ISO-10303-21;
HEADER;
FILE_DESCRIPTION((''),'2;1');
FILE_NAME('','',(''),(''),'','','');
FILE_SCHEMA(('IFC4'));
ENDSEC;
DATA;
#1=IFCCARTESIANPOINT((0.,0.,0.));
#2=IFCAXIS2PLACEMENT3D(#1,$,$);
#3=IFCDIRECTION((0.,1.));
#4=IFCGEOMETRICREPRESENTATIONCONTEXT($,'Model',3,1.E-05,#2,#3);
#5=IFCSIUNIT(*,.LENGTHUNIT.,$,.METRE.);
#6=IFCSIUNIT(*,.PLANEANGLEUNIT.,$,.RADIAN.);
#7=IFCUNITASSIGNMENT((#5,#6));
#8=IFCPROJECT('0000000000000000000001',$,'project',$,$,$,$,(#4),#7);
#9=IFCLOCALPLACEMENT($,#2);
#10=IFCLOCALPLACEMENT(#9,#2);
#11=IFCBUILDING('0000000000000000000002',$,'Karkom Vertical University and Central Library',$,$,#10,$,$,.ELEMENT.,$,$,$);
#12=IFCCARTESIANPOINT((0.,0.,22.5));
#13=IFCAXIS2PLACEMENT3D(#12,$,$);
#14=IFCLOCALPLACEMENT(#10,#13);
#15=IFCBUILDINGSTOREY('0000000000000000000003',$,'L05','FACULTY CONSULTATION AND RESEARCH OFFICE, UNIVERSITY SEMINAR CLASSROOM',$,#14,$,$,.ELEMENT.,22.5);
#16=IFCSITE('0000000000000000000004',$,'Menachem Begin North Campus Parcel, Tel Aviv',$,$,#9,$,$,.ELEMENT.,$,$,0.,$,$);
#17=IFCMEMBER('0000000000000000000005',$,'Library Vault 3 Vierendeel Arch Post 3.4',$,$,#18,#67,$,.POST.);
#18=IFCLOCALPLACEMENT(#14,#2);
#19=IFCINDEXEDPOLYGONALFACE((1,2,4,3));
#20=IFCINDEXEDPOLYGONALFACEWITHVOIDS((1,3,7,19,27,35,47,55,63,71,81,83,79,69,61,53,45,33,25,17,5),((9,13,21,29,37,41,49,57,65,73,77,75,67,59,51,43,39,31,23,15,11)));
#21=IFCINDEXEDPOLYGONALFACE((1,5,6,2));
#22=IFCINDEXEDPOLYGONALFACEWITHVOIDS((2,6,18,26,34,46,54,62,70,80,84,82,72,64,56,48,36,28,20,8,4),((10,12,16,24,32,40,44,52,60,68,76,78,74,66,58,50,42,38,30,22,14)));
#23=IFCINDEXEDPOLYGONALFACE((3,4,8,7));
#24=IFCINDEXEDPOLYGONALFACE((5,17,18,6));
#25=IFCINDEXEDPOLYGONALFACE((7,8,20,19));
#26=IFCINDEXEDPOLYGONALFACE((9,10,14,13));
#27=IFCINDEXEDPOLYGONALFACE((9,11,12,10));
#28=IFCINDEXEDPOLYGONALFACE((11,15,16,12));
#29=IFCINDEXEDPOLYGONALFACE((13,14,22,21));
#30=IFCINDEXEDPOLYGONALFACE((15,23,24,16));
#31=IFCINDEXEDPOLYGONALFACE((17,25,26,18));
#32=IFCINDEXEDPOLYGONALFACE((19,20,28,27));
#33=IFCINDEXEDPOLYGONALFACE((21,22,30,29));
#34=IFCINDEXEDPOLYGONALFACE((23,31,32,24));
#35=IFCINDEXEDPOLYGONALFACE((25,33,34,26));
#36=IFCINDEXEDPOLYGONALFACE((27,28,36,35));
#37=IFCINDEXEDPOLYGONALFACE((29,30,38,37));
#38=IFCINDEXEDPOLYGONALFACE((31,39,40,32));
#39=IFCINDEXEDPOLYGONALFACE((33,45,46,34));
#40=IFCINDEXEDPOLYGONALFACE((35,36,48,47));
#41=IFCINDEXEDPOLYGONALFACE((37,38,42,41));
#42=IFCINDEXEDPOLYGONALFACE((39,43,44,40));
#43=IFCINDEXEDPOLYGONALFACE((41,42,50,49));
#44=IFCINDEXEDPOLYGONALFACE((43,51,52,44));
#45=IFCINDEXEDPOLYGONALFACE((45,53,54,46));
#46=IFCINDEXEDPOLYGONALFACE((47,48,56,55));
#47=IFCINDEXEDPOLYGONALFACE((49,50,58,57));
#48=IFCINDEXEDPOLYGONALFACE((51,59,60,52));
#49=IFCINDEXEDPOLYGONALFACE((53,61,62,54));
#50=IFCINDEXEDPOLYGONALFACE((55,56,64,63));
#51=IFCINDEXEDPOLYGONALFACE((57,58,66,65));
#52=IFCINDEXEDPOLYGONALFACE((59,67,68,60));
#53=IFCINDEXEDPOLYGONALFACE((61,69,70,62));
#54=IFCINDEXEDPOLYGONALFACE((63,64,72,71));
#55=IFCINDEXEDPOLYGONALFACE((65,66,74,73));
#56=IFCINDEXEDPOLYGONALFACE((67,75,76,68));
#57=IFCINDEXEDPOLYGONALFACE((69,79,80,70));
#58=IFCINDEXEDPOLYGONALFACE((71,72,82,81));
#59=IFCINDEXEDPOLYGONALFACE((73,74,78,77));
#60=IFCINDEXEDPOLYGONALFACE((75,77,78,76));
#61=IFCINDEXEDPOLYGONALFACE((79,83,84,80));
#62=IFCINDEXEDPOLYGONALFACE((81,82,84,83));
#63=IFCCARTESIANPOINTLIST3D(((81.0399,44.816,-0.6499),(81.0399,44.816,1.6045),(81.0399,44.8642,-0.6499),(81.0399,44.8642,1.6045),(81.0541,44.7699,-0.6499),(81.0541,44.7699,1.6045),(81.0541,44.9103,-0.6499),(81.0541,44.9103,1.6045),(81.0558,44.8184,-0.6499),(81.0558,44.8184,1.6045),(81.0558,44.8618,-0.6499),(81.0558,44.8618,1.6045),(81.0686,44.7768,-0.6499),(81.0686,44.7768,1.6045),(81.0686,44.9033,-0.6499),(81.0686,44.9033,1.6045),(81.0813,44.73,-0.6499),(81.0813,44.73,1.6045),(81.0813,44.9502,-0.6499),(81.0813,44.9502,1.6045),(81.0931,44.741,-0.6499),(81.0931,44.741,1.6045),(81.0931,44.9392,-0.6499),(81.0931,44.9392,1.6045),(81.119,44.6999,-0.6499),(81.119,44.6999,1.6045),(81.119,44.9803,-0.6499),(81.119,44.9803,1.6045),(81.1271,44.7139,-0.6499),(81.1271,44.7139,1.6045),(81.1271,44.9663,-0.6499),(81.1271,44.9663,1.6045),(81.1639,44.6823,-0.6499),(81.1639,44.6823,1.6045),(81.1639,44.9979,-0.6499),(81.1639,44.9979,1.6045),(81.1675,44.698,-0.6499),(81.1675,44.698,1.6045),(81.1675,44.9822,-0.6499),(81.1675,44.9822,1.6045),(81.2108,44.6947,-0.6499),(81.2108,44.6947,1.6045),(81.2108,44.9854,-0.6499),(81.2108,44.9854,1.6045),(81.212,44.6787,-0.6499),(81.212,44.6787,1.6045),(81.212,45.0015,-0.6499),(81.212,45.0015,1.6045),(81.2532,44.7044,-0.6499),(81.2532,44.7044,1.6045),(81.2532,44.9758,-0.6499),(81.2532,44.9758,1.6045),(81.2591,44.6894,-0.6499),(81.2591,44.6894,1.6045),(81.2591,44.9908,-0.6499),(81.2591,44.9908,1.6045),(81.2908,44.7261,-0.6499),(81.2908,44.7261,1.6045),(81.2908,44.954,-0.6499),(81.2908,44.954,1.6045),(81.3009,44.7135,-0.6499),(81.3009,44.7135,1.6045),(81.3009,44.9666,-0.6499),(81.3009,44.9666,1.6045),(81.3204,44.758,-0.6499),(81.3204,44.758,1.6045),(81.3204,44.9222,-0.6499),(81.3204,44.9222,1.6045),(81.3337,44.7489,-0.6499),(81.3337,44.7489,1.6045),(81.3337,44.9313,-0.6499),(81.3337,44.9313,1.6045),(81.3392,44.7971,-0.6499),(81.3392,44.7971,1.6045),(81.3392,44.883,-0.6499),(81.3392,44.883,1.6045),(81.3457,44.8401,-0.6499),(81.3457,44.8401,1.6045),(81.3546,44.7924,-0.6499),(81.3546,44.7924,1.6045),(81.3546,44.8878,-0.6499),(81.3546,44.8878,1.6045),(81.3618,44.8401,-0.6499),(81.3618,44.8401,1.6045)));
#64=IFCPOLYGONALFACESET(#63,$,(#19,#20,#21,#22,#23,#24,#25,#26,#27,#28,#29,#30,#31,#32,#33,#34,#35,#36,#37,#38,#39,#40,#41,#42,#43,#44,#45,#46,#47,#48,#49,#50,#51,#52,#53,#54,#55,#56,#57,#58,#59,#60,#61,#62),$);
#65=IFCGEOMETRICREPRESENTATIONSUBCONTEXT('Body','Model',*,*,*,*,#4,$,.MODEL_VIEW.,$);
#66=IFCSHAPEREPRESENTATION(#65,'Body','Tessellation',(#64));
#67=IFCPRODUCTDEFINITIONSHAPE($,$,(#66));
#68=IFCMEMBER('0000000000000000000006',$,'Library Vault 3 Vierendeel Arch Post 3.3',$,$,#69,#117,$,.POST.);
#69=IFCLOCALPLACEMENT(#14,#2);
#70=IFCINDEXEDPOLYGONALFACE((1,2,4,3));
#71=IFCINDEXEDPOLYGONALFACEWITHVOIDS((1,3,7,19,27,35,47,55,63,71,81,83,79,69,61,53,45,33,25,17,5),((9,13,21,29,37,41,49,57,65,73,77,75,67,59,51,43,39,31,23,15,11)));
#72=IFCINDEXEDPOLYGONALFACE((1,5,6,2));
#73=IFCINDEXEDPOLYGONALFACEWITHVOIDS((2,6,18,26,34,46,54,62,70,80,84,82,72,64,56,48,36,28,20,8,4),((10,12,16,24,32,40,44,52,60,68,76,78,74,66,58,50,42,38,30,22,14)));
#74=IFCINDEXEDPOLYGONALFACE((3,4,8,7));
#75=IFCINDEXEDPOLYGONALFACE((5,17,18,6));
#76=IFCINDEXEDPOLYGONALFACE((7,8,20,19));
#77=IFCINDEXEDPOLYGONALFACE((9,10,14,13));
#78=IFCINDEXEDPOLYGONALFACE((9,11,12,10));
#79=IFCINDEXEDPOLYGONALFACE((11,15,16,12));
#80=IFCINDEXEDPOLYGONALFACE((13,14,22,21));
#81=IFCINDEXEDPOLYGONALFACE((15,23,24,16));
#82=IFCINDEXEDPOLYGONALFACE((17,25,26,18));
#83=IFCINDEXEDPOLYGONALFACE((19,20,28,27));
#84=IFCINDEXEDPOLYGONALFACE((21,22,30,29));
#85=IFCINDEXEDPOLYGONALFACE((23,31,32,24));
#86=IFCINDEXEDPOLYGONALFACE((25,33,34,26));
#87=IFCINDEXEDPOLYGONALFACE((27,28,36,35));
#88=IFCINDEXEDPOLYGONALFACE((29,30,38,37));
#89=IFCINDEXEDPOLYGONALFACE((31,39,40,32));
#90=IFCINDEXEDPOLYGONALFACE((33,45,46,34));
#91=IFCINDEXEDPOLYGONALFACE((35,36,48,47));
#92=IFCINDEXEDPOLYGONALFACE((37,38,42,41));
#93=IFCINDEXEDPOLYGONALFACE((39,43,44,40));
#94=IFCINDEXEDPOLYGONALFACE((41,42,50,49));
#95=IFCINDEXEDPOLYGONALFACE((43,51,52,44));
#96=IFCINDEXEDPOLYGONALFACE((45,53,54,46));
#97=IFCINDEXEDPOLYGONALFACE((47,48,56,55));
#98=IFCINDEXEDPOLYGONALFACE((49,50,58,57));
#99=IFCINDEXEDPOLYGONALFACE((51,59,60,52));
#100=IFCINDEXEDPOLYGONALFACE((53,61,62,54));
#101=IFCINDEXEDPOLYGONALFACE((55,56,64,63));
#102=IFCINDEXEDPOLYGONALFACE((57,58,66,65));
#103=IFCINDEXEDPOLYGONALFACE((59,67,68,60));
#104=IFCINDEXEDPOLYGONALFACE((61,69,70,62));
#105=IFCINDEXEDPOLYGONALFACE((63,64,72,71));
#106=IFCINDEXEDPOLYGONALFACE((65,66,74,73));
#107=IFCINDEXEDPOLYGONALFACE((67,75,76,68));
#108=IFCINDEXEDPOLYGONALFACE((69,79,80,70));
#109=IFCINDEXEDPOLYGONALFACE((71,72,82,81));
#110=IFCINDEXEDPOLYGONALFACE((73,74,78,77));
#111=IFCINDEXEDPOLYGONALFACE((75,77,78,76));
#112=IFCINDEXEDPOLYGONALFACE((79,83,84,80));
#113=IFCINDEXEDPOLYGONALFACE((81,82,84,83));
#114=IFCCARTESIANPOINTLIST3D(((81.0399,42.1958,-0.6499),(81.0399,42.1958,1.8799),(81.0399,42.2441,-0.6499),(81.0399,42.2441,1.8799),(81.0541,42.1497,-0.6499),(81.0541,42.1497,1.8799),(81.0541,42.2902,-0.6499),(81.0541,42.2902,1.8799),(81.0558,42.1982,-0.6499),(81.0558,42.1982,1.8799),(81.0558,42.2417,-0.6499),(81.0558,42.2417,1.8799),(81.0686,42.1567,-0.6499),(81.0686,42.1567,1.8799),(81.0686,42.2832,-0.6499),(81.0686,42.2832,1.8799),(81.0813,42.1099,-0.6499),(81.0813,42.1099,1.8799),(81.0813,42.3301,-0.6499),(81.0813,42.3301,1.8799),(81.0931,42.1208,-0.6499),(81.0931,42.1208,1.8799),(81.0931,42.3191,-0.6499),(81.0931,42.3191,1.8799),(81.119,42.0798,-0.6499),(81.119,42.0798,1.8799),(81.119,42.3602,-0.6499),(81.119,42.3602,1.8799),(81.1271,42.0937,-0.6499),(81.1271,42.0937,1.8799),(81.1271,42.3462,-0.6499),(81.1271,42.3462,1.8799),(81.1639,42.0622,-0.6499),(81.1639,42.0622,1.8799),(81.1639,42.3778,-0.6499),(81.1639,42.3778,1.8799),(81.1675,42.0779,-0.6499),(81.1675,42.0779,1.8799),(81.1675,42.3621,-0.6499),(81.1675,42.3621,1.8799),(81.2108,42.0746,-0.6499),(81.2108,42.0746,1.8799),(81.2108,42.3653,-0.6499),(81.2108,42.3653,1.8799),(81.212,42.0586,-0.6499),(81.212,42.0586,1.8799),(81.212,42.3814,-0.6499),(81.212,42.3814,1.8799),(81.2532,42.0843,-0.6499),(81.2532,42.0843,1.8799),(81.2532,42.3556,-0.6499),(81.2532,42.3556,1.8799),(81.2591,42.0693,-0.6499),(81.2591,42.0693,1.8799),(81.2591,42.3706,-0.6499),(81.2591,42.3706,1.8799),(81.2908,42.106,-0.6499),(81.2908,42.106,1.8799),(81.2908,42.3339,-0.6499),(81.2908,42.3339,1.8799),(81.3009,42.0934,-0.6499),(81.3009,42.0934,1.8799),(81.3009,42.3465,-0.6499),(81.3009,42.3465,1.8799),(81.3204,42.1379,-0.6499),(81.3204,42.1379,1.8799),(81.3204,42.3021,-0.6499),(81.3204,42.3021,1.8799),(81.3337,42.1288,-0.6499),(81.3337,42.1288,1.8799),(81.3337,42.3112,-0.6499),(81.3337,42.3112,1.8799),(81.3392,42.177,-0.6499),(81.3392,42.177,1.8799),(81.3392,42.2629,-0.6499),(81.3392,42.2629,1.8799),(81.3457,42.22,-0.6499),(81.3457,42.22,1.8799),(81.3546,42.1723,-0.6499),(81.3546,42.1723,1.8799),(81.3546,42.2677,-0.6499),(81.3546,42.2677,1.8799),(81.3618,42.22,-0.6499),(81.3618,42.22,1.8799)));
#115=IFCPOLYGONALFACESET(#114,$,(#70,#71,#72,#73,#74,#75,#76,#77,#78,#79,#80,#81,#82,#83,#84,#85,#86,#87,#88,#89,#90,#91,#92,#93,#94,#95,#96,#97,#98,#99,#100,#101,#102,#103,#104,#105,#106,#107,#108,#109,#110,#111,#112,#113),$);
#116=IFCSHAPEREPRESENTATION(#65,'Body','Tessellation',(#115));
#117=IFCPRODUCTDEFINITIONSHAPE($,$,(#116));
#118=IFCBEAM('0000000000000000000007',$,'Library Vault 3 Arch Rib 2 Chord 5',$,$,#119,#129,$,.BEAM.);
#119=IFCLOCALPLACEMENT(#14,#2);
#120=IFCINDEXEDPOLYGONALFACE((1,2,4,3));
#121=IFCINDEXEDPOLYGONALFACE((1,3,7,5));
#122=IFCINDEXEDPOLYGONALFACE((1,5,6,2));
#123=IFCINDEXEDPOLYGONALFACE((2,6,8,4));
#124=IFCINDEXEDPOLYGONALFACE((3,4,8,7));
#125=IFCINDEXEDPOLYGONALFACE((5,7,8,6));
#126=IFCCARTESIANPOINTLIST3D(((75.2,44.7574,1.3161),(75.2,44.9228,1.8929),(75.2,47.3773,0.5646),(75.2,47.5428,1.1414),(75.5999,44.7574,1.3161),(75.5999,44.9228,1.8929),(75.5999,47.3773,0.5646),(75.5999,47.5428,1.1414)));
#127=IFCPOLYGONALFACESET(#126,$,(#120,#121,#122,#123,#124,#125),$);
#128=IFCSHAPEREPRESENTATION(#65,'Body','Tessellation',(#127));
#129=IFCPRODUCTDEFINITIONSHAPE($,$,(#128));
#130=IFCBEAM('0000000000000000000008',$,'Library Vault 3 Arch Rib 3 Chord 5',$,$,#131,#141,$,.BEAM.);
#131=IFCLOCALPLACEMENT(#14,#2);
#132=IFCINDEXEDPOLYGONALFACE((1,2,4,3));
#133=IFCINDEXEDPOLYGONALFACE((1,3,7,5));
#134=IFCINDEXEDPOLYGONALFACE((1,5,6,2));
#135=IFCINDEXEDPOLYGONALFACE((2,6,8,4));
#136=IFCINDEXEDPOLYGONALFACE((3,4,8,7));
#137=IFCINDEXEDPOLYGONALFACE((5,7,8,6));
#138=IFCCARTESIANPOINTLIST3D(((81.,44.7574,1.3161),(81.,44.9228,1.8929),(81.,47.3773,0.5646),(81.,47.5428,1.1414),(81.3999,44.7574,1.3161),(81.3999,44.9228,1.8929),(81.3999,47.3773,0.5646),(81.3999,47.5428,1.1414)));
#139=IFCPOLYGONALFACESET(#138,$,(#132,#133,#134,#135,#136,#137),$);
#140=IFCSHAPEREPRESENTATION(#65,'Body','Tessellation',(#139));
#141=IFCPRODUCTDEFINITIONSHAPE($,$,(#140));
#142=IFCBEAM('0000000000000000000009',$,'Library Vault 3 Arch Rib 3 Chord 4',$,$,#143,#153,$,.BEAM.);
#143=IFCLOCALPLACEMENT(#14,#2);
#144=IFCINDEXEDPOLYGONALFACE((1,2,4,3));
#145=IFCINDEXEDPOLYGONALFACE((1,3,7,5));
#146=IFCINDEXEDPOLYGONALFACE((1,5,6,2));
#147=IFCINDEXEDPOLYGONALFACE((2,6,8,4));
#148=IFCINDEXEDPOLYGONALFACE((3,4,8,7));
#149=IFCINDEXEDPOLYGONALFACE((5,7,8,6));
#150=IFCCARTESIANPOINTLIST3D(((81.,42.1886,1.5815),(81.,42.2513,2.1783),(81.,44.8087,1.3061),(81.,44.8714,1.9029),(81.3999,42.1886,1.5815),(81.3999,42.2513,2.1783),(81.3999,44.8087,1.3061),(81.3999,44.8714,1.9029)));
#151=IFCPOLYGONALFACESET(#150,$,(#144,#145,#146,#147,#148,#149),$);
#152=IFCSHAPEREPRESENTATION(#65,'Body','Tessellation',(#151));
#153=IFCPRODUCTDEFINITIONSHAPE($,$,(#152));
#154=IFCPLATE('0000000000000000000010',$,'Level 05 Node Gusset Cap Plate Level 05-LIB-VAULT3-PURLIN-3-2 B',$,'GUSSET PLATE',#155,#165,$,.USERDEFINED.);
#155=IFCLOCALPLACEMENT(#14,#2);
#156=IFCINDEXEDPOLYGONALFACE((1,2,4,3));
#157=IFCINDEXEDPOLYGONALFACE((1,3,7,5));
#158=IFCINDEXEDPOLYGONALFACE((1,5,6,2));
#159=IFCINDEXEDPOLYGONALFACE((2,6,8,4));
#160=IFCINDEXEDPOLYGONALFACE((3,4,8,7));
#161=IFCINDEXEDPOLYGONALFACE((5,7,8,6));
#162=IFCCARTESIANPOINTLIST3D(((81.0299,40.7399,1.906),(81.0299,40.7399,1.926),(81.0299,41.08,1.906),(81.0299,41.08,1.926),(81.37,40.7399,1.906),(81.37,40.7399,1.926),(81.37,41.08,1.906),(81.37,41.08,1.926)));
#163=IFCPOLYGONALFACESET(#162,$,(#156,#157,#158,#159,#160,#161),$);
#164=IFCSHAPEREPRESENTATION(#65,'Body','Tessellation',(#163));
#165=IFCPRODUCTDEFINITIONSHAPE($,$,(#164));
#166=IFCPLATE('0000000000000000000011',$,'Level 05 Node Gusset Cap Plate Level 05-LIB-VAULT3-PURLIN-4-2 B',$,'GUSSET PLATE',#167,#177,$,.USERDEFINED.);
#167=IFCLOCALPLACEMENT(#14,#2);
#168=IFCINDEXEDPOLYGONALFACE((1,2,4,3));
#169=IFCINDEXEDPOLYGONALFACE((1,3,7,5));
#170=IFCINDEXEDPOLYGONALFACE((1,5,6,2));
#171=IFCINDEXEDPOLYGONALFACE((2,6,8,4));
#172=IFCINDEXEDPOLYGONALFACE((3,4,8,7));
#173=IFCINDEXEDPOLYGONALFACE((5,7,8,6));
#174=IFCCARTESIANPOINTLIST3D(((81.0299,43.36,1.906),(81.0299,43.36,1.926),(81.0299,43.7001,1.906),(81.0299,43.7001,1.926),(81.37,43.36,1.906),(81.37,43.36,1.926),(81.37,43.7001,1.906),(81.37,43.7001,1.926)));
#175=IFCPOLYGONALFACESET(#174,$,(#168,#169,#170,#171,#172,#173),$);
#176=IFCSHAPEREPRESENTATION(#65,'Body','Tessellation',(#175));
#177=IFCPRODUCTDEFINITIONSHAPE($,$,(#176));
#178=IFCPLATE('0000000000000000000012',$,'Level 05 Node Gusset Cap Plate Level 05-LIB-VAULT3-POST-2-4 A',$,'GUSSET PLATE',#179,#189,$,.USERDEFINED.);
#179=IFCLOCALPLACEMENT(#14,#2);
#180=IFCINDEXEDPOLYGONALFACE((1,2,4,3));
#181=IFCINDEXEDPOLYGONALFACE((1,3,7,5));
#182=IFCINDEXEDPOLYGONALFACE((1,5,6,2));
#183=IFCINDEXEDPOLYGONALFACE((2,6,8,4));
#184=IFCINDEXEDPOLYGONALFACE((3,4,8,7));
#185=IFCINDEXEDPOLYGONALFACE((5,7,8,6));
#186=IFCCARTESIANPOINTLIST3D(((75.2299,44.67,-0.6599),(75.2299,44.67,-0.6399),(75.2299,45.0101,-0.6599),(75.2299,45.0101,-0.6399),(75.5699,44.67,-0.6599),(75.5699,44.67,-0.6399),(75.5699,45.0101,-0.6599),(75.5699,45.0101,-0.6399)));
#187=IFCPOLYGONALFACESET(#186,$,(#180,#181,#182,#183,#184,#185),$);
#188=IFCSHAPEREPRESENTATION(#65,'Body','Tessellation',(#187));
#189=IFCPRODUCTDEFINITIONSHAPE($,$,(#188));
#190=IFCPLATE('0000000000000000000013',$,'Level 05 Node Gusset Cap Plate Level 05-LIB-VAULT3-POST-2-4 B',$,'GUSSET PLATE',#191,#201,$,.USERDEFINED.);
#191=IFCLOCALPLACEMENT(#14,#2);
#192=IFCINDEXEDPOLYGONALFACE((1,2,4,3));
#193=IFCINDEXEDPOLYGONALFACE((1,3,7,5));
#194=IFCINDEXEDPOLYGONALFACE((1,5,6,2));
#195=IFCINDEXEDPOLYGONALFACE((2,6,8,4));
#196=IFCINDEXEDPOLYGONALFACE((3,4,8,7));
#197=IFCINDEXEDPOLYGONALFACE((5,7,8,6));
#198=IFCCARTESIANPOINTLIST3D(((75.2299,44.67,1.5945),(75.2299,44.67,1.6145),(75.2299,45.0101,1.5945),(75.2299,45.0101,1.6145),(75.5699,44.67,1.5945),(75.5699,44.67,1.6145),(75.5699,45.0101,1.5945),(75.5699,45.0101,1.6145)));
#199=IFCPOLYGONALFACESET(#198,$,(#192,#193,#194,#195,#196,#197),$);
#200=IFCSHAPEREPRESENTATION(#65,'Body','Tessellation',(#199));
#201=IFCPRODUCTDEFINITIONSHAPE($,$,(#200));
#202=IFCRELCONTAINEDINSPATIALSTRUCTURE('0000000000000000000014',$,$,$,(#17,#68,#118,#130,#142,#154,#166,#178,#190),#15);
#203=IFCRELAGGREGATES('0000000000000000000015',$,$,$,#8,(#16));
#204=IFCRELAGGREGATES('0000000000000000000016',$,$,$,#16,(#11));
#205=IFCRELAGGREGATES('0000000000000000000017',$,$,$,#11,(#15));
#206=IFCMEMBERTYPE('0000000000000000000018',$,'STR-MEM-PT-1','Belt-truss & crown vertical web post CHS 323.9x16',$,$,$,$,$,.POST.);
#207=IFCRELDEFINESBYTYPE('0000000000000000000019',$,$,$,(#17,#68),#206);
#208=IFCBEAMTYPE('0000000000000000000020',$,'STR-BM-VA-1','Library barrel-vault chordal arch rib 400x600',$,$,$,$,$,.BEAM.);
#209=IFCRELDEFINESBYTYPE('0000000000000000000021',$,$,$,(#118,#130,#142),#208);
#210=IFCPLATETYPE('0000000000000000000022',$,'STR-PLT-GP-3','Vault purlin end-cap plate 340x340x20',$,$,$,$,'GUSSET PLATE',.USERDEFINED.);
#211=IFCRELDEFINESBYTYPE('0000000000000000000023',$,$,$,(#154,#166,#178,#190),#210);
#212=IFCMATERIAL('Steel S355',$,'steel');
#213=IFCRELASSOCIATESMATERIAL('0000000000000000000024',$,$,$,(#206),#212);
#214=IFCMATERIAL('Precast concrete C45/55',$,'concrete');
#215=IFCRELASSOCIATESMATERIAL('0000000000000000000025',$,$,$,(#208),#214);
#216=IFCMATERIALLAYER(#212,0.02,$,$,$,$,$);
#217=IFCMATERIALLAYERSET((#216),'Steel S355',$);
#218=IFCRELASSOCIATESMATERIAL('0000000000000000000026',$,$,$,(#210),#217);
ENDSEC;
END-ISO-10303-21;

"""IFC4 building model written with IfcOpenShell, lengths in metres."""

from ifc_helpers import new_model, si_unit, direction, frame, origin, origin_with_axes, origin_2d, place, context, subcontext, project, spatial, rectangle, hollow_circle, extrude, source, transform, mapped, material, layer, layer_set, material_profile, profile_set, type_object, element, save


model = new_model("IFC4")

# Units and contexts
model_context = context("Model", 3, precision=1e-05, world=origin(), true_north=direction((0.0, 1.0)))
body_context = subcontext(model_context, "Body", "Model", "MODEL_VIEW")
ifc_project = project(units=[si_unit("LENGTHUNIT", "METRE"), si_unit("PLANEANGLEUNIT", "RADIAN")], contexts=[model_context])

# Site, building, storey
site_placement = place(None, origin())
site = spatial("IfcSite", under=ifc_project, at=site_placement, Name="Menachem Begin North Campus Parcel, Tel Aviv", CompositionType="ELEMENT", RefElevation=0.0)
building_placement = place(site_placement, origin())
building = spatial("IfcBuilding", under=site, at=building_placement, Name="Karkom Vertical University and Central Library", CompositionType="ELEMENT")
storey_placement = place(building_placement, frame((0.0, 0.0, 22.5)))
storey = spatial("IfcBuildingStorey", under=building, at=storey_placement, Name="L05", Description="FACULTY CONSULTATION AND RESEARCH OFFICE, UNIVERSITY SEMINAR CLASSROOM", CompositionType="ELEMENT", Elevation=22.5)

# Members
ifc_material_1 = material(Name="Steel S355", Category="steel")
ifc_material_profile_1 = material_profile(ifc_material_1, hollow_circle(Radius=0.1619, WallThickness=0.0161, at=origin_2d()), Name="CHS 323.9x16")
ifc_profile_set_1 = profile_set([ifc_material_profile_1], Name="Steel S355")
member_type = type_object("IfcMemberType", Name="STR-MEM-PT-1", Description="Belt-truss & crown vertical web post CHS 323.9x16", PredefinedType="POST", material=ifc_profile_set_1)
shared_shape_1 = source(origin_with_axes(), body_context, "Body", "SweptSolid", [
    extrude(hollow_circle(Radius=0.1619, WallThickness=0.0161, at=origin_2d()), origin(), (0.0, 0.0, 1.0), 2.2544),
])
member_1_placement = place(storey_placement, frame((81.2, 44.8401, -0.6499), z_axis=(0.0, 0.0, 1.0), x_axis=(1.0, 0.0, 0.0)))
element("IfcMember", 1, at=member_1_placement, inside=storey, type_object=member_type, Name="Library Vault 3 Vierendeel Arch Post 3.4", PredefinedType="POST", context=body_context, shape_type="MappedRepresentation", body=[
    mapped(shared_shape_1, transform((0.0, 0.0, 0.0), scale=1.0)),
])
shared_shape_2 = source(origin_with_axes(), body_context, "Body", "SweptSolid", [
    extrude(hollow_circle(Radius=0.1619, WallThickness=0.0161, at=origin_2d()), origin(), (0.0, 0.0, 1.0), 2.5298),
])
member_2_placement = place(storey_placement, frame((81.2, 42.22, -0.6499), z_axis=(0.0, 0.0, 1.0), x_axis=(1.0, 0.0, 0.0)))
element("IfcMember", 2, at=member_2_placement, inside=storey, type_object=member_type, Name="Library Vault 3 Vierendeel Arch Post 3.3", PredefinedType="POST", context=body_context, shape_type="MappedRepresentation", body=[
    mapped(shared_shape_2, transform((0.0, 0.0, 0.0), scale=1.0)),
])

# Beams
ifc_material_2 = material(Name="Precast concrete C45/55", Category="concrete")
ifc_material_profile_2 = material_profile(ifc_material_2, rectangle(XDim=0.3999, YDim=0.6001, at=origin_2d()), Name="RCB-400x600")
ifc_profile_set_2 = profile_set([ifc_material_profile_2], Name="Precast concrete C45/55")
beam_type = type_object("IfcBeamType", Name="STR-BM-VA-1", Description="Library barrel-vault chordal arch rib 400x600", PredefinedType="BEAM", material=ifc_profile_set_2)
shared_shape_3 = source(origin_with_axes(), body_context, "Body", "SweptSolid", [
    extrude(rectangle(XDim=0.3999, YDim=0.6001, at=origin_2d()), origin(), (0.0, 0.0, 1.0), 2.7256),
])
for number, where, z_axis, x_axis, name in (
    (3, (75.3999, 44.8401, 1.6045), (0.0, 0.961239, -0.275715), (-1.0, 0.0, 0.0), "Library Vault 3 Arch Rib 2 Chord 5"),
    (4, (81.2, 44.8401, 1.6045), (0.0, 0.961239, -0.275715), (-1.0, 0.0, 0.0), "Library Vault 3 Arch Rib 3 Chord 5"),
):
    element("IfcBeam", number, at=place(storey_placement, frame(where, z_axis=z_axis, x_axis=x_axis)), inside=storey, type_object=beam_type, Name=name, PredefinedType="BEAM", context=body_context, shape_type="MappedRepresentation", body=[
        mapped(shared_shape_3, transform((0.0, 0.0, 0.0), scale=1.0)),
    ])
shared_shape_4 = source(origin_with_axes(), body_context, "Body", "SweptSolid", [
    extrude(rectangle(XDim=0.3999, YDim=0.6001, at=origin_2d()), origin(), (0.0, 0.0, 1.0), 2.6345),
])
beam_placement = place(storey_placement, frame((81.2, 42.22, 1.8799), z_axis=(0.0, 0.994522, -0.10453), x_axis=(-1.0, 0.0, 0.0)))
element("IfcBeam", 5, at=beam_placement, inside=storey, type_object=beam_type, Name="Library Vault 3 Arch Rib 3 Chord 4", PredefinedType="BEAM", context=body_context, shape_type="MappedRepresentation", body=[
    mapped(shared_shape_4, transform((0.0, 0.0, 0.0), scale=1.0)),
])

# Plates
ifc_layer = layer(ifc_material_1, 0.02)
ifc_layer_set = layer_set([ifc_layer], Name="Steel S355")
plate_type = type_object("IfcPlateType", Name="STR-PLT-GP-3", Description="Vault purlin end-cap plate 340x340x20", ElementType="GUSSET PLATE", PredefinedType="USERDEFINED", material=ifc_layer_set)
shared_shape_5 = source(origin_with_axes(), body_context, "Body", "SweptSolid", [
    extrude(rectangle(XDim=0.3401, YDim=0.3401, at=origin_2d()), origin(), (0.0, 0.0, 1.0), 0.02),
])
for number, where, z_axis, x_axis, name in (
    (6, (81.2, 40.9099, 1.906), (0.0, 0.0, 1.0), (1.0, 0.0, 0.0), "Level 05 Node Gusset Cap Plate Level 05-LIB-VAULT3-PURLIN-3-2 B"),
    (7, (81.2, 43.53, 1.906), (0.0, 0.0, 1.0), (1.0, 0.0, 0.0), "Level 05 Node Gusset Cap Plate Level 05-LIB-VAULT3-PURLIN-4-2 B"),
    (8, (75.3999, 44.8401, -0.6599), (0.0, 0.0, 1.0), (1.0, 0.0, 0.0), "Level 05 Node Gusset Cap Plate Level 05-LIB-VAULT3-POST-2-4 A"),
    (9, (75.3999, 44.8401, 1.5945), (0.0, 0.0, 1.0), (1.0, 0.0, 0.0), "Level 05 Node Gusset Cap Plate Level 05-LIB-VAULT3-POST-2-4 B"),
):
    element("IfcPlate", number, at=place(storey_placement, frame(where, z_axis=z_axis, x_axis=x_axis)), inside=storey, type_object=plate_type, Name=name, ObjectType="GUSSET PLATE", PredefinedType="USERDEFINED", context=body_context, shape_type="MappedRepresentation", body=[
        mapped(shared_shape_5, transform((0.0, 0.0, 0.0), scale=1.0)),
    ])

save(model, "model.ifc")
